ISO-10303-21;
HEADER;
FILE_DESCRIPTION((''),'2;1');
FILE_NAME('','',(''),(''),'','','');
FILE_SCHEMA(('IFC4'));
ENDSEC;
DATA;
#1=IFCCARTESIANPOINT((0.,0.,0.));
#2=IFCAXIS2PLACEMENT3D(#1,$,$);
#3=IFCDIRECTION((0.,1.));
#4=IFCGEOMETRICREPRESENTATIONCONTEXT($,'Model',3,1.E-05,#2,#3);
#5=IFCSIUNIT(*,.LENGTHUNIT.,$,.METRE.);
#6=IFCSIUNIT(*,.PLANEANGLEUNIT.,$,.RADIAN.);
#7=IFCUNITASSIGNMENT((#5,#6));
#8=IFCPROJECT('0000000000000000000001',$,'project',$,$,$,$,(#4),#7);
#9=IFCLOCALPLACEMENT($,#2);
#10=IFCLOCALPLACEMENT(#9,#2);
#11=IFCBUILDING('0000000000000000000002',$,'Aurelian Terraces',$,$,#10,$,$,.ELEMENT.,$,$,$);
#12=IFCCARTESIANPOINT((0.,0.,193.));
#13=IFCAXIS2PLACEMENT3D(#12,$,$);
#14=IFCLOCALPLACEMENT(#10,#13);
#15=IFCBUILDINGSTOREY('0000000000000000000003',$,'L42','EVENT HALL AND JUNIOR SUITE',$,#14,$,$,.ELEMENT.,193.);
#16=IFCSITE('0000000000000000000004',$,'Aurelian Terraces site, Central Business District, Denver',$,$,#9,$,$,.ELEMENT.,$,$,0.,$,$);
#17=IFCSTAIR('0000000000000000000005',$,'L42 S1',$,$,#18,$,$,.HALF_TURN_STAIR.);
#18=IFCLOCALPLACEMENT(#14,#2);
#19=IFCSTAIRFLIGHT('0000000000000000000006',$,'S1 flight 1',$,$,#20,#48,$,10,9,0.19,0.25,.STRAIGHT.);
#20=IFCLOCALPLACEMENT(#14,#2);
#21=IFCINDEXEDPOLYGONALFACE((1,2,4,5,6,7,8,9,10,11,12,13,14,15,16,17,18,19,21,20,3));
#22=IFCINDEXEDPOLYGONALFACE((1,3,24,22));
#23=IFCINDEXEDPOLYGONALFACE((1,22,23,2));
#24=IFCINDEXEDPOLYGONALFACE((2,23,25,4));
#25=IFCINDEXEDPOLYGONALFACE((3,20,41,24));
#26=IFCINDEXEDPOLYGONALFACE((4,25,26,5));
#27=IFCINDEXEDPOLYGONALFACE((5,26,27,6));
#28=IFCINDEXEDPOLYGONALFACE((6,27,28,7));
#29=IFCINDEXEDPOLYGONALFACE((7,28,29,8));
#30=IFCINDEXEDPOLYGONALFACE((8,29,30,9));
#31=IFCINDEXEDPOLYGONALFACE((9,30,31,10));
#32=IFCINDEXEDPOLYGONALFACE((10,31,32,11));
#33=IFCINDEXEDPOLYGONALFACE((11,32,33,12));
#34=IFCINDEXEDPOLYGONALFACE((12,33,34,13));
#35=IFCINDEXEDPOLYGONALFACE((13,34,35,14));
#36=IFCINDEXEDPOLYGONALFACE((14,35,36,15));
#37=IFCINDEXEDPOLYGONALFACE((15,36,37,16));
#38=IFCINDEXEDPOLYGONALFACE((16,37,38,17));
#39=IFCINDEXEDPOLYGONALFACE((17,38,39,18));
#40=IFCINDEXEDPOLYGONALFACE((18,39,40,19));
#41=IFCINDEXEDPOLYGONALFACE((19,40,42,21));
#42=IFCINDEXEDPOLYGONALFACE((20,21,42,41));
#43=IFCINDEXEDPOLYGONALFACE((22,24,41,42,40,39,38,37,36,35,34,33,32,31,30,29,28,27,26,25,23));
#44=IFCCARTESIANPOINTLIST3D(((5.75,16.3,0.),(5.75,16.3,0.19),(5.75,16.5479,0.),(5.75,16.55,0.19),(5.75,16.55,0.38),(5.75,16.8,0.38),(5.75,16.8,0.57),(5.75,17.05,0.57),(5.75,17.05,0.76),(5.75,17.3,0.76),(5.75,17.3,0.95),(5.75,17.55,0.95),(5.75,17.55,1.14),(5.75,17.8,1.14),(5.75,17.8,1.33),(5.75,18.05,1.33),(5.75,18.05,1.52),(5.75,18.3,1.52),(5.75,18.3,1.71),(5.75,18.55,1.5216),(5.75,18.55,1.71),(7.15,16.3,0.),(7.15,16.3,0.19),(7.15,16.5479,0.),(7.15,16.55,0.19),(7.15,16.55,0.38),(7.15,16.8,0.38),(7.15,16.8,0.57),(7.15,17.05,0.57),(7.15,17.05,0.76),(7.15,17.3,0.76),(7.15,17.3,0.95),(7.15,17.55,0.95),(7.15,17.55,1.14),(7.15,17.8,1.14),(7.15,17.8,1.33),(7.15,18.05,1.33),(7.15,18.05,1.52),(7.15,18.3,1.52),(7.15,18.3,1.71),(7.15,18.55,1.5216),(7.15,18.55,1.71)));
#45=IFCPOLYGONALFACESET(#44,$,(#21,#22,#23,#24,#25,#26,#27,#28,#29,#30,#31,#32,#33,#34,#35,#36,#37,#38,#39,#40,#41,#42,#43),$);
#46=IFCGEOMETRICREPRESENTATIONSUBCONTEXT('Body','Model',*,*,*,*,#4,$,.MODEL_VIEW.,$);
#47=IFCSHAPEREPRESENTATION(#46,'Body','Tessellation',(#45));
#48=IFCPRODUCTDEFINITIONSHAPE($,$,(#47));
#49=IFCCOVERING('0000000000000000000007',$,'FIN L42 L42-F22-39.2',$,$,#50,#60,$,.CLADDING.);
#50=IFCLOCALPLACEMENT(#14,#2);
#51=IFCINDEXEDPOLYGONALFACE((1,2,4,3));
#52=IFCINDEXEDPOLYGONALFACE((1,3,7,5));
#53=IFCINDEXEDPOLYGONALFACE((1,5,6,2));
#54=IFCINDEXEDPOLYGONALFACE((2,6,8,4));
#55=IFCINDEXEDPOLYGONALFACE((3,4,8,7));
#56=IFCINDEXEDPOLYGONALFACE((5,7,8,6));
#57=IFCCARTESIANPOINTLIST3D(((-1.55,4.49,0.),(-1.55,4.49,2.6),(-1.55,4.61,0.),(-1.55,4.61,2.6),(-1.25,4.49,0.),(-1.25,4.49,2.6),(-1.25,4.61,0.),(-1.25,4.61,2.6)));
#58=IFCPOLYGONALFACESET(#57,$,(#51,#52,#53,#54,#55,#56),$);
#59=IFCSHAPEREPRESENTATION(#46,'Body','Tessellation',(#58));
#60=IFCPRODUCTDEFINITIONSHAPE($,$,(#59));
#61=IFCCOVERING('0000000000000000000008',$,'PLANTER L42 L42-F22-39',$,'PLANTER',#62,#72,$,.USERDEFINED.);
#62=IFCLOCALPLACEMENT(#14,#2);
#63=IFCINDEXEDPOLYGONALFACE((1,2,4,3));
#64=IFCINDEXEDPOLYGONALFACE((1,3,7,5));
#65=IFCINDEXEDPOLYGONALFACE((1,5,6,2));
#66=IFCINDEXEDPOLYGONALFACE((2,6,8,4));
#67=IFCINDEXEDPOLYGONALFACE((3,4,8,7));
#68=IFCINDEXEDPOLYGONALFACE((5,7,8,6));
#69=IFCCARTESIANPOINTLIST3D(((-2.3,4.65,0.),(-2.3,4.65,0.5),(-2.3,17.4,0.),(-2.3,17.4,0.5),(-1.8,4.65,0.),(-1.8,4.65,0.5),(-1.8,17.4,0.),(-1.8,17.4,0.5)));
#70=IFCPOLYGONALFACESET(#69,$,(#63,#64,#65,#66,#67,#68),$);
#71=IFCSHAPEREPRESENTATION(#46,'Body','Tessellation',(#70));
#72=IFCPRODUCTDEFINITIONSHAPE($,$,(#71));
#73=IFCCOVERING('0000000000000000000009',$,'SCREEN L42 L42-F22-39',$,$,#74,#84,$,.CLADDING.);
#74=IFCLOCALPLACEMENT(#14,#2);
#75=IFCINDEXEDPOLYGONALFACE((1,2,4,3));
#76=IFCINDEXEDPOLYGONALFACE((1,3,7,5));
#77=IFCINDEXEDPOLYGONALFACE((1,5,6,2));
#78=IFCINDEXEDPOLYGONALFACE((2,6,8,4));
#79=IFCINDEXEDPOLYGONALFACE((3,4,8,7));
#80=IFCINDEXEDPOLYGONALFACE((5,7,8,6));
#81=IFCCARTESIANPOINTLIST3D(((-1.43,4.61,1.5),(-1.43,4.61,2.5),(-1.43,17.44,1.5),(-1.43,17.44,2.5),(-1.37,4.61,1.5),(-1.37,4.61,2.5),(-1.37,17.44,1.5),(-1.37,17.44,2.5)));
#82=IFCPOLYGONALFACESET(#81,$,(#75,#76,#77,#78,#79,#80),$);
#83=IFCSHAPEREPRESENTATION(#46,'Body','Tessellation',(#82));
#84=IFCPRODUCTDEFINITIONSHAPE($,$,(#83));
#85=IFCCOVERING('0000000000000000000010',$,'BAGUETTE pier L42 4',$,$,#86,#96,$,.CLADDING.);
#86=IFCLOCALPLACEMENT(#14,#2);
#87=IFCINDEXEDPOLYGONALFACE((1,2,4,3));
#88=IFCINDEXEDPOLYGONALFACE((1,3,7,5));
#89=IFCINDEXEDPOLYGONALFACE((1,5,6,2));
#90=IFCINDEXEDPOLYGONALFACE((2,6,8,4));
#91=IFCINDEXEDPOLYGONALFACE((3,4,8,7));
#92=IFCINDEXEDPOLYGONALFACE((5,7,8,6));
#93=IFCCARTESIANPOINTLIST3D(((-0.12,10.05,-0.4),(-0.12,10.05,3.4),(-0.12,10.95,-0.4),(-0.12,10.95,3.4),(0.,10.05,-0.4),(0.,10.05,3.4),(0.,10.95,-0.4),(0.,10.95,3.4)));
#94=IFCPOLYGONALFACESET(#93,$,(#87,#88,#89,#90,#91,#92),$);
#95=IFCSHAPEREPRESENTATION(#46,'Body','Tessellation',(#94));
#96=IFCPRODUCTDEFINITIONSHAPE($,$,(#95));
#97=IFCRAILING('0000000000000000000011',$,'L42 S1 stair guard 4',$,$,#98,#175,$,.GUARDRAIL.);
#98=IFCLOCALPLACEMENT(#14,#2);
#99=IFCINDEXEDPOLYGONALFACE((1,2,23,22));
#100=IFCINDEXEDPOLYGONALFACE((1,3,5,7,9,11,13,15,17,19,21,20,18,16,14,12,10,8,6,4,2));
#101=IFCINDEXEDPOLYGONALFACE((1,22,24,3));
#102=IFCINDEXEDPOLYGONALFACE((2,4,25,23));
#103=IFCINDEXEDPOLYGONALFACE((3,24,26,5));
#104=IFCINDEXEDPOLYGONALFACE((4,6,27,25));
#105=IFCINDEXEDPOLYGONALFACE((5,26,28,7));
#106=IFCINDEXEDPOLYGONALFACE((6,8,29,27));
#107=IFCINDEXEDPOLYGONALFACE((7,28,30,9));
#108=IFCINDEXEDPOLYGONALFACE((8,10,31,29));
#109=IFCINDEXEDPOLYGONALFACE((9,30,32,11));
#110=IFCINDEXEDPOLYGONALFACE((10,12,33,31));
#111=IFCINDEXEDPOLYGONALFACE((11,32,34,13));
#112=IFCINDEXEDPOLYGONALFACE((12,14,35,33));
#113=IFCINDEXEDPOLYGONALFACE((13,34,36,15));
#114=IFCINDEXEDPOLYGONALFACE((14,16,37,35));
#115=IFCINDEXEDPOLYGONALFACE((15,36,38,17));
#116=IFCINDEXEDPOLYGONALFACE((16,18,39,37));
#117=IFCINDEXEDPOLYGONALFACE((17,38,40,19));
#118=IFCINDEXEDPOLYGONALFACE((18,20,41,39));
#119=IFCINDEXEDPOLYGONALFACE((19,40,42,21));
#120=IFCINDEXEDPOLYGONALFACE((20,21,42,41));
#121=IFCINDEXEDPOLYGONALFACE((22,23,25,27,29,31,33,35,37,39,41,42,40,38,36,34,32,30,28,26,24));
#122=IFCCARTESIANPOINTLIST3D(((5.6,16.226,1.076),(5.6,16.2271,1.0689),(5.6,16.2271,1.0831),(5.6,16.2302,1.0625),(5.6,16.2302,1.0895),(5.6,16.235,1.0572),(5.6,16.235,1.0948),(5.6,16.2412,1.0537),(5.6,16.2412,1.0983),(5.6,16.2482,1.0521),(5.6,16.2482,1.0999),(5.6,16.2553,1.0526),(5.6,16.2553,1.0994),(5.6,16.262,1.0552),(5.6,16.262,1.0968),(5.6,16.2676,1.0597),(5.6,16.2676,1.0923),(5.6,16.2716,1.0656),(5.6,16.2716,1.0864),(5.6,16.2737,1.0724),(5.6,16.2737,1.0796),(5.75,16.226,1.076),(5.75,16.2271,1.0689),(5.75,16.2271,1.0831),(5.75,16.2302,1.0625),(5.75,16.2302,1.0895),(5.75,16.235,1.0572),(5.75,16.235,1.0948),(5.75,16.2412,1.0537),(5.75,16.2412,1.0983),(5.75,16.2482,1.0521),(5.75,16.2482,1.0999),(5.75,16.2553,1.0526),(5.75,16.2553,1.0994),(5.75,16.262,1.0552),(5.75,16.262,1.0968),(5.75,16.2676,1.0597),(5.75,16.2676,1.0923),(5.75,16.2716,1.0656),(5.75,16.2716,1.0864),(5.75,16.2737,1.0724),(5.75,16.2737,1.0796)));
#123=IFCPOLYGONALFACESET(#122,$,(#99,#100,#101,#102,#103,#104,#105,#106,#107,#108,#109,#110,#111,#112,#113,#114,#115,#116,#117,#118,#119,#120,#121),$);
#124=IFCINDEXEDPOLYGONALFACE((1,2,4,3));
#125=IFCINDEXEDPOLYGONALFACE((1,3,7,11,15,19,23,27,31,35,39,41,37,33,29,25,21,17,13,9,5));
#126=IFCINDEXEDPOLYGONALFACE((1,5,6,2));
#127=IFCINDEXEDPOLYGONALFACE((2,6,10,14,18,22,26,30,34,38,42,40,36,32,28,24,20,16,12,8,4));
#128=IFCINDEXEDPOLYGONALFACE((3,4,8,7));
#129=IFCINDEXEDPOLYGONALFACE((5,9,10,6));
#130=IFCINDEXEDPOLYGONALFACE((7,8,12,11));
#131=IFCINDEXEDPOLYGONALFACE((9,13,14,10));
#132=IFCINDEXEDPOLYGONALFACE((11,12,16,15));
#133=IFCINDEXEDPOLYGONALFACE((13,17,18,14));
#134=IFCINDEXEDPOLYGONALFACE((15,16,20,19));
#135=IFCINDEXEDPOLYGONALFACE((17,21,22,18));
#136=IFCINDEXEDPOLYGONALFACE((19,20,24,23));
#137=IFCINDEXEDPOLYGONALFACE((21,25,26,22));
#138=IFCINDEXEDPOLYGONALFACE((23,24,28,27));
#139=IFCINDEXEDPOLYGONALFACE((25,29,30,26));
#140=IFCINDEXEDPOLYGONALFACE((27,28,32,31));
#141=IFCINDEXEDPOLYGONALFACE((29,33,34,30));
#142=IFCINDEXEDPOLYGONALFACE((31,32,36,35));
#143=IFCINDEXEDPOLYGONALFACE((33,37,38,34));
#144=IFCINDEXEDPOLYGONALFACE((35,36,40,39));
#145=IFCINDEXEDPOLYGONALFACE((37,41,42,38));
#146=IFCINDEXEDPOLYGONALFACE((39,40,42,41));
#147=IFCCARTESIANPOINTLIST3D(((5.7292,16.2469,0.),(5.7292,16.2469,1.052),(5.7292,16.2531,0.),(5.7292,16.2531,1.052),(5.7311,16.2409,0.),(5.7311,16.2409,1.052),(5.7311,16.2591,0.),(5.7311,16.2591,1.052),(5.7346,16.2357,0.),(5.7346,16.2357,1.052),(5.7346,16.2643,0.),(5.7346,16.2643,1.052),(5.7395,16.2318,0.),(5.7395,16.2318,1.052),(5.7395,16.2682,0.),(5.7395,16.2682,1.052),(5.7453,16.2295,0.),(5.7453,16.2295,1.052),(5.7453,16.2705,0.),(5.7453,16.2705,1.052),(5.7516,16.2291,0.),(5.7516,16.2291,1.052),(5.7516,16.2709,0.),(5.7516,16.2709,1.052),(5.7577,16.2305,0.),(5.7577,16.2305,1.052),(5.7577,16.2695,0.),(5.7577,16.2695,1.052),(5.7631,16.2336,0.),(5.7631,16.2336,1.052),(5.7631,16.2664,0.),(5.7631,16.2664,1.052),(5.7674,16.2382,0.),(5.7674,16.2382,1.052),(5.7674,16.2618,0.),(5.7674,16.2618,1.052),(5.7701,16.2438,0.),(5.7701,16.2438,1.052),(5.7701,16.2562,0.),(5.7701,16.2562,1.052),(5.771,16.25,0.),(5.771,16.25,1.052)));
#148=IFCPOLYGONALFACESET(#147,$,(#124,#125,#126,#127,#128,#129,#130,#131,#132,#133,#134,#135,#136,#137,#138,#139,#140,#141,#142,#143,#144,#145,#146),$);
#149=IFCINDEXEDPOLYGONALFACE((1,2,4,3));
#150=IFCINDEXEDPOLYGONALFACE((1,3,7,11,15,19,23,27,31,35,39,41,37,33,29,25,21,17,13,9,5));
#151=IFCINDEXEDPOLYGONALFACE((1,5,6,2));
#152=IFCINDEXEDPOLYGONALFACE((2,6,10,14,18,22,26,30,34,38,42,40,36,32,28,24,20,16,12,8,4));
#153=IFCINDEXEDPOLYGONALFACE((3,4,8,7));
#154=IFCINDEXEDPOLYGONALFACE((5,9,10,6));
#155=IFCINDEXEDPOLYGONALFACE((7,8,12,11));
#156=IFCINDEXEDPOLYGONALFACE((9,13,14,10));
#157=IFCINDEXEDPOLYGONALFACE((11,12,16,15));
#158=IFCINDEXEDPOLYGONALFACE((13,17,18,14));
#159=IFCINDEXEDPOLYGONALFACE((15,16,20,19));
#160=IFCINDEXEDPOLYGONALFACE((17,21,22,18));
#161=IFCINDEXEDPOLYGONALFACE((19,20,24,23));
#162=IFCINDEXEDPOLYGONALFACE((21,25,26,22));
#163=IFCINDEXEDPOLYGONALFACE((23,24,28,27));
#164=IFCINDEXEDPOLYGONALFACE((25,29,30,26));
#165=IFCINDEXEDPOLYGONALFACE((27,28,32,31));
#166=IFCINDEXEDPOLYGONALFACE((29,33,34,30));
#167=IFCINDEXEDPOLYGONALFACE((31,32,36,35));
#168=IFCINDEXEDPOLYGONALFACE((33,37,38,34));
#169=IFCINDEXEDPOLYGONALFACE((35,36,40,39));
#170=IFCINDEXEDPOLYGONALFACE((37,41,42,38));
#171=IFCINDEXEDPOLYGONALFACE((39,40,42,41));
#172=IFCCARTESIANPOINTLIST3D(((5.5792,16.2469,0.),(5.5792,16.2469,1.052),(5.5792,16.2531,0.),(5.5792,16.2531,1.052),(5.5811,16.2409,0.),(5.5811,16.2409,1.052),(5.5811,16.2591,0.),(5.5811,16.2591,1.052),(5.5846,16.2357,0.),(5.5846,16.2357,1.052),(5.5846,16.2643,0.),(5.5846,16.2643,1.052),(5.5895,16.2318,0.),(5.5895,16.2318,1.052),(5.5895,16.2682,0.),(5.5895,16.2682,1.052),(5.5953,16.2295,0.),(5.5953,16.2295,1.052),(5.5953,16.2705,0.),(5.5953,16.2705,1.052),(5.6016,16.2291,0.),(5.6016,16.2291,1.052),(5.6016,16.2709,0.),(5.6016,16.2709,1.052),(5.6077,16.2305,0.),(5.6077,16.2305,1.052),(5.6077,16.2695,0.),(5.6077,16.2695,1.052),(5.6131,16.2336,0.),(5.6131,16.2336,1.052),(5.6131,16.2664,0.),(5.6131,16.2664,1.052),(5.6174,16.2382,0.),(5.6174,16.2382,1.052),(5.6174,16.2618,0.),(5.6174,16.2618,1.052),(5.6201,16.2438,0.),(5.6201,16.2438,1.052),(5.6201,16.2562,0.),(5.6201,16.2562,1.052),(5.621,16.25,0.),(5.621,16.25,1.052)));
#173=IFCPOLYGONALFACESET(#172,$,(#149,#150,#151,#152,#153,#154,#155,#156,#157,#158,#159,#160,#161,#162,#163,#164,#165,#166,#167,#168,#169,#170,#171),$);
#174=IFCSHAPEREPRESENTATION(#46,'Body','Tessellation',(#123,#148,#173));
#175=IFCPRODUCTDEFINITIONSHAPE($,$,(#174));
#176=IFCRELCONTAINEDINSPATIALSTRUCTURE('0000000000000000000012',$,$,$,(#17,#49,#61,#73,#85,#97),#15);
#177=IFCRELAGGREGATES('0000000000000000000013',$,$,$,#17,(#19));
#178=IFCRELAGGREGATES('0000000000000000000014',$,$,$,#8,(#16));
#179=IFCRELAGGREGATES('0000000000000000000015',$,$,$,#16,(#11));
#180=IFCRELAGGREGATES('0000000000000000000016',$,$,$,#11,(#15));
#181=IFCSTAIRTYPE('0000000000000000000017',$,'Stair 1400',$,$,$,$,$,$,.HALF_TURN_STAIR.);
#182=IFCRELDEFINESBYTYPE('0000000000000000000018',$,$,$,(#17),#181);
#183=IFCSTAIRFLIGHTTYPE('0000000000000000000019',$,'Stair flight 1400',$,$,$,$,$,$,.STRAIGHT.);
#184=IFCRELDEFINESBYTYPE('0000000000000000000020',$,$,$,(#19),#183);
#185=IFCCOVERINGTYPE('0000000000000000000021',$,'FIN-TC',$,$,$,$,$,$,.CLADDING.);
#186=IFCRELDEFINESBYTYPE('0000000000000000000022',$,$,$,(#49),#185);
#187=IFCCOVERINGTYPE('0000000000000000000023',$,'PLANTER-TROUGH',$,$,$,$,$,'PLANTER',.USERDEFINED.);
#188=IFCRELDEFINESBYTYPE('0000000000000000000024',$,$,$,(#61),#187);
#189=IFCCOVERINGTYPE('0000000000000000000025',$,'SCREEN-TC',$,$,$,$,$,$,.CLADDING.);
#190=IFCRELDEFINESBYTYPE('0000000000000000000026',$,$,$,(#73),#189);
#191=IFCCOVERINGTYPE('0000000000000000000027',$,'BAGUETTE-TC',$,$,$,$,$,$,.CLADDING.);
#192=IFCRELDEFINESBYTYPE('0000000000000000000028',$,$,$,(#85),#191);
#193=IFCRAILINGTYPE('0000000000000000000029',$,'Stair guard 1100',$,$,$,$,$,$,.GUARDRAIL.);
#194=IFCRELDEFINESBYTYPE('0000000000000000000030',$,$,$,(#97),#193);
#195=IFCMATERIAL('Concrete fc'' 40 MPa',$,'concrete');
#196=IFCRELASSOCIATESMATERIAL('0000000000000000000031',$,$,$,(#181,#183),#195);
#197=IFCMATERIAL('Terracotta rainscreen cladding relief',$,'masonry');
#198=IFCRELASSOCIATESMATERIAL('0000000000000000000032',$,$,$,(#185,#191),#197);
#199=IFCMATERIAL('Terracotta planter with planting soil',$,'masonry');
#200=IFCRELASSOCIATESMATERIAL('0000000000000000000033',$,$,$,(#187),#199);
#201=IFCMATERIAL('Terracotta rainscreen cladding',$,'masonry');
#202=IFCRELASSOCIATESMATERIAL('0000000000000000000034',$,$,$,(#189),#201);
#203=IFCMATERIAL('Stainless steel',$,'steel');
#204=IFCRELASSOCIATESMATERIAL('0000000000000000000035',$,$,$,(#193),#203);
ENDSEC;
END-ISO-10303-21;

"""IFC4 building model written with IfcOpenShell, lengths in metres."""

from ifc_helpers import new_model, si_unit, direction, frame, origin, origin_2d, place, context, subcontext, project, spatial, polyline, rectangle, circle, outline, extrude, source, transform, mapped, material, type_object, element, aggregate, save


model = new_model("IFC4")

# Units and contexts
model_context = context("Model", 3, precision=1e-05, world=origin(), true_north=direction((0.0, 1.0)))
body_context = subcontext(model_context, "Body", "Model", "MODEL_VIEW")
ifc_project = project(units=[si_unit("LENGTHUNIT", "METRE"), si_unit("PLANEANGLEUNIT", "RADIAN")], contexts=[model_context])

# Site, building, storey
site_placement = place(None, origin())
site = spatial("IfcSite", under=ifc_project, at=site_placement, Name="Aurelian Terraces site, Central Business District, Denver", CompositionType="ELEMENT", RefElevation=0.0)
building_placement = place(site_placement, origin())
building = spatial("IfcBuilding", under=site, at=building_placement, Name="Aurelian Terraces", CompositionType="ELEMENT")
storey_placement = place(building_placement, frame((0.0, 0.0, 193.0)))
storey = spatial("IfcBuildingStorey", under=building, at=storey_placement, Name="L42", Description="EVENT HALL AND JUNIOR SUITE", CompositionType="ELEMENT", Elevation=193.0)

# Shared definitions
ifc_material_1 = material(Name="Concrete fc' 40 MPa", Category="concrete")

# Shared definitions
ifc_material_2 = material(Name="Terracotta rainscreen cladding", Category="masonry")

# Shared definitions
ifc_material_3 = material(Name="Stainless steel", Category="steel")

# Stair, stair flight
stair_type = type_object("IfcStairType", Name="Stair 1400", PredefinedType="HALF_TURN_STAIR", material=ifc_material_1)
stair_placement = place(storey_placement, origin())
stair = element("IfcStair", 1, at=stair_placement, inside=storey, type_object=stair_type, Name="L42 S1", PredefinedType="HALF_TURN_STAIR")
stair_flight_type = type_object("IfcStairFlightType", Name="Stair flight 1400", PredefinedType="STRAIGHT", material=ifc_material_1)
shared_shape_1 = source(origin(), body_context, "Body", "SweptSolid", [
    extrude(outline(polyline([(0.0, 0.0), (0.0, 0.19), (0.25, 0.19), (0.25, 0.38), (0.5, 0.38), (0.5, 0.57), (0.75, 0.57), (0.75, 0.76), (1.0, 0.76), (1.0, 0.95), (1.25, 0.95), (1.25, 1.14), (1.5, 1.14), (1.5, 1.33), (1.75, 1.33), (1.75, 1.52), (2.0, 1.52), (2.0, 1.71), (2.25, 1.71), (2.25, 1.9), (2.25, 1.5216), (0.2479, 0.0), (0.0, 0.0)])), frame((0.0, 0.7, 0.0), z_axis=(0.0, -1.0, 0.0), x_axis=(1.0, 0.0, 0.0)), (0.0, 0.0, 1.0), 1.4),
])
stair_flight_placement = place(storey_placement, frame((6.45, 16.3, 0.0), z_axis=(0.0, 0.0, 1.0), x_axis=(0.0, 1.0, 0.0)))
stair_flight = element("IfcStairFlight", 2, at=stair_flight_placement, type_object=stair_flight_type, Name="S1 flight 1", NumberOfRisers=10, NumberOfTreads=9, PredefinedType="STRAIGHT", RiserHeight=0.19, TreadLength=0.25, context=body_context, shape_type="MappedRepresentation", body=[
    mapped(shared_shape_1, transform((0.0, 0.0, 0.0), scale=1.0)),
])
aggregate(stair, [stair_flight])

# Coverings
ifc_material_4 = material(Name="Terracotta rainscreen cladding relief", Category="masonry")
covering_type_1 = type_object("IfcCoveringType", Name="FIN-TC", PredefinedType="CLADDING", material=ifc_material_4)
shared_shape_2 = source(origin(), body_context, "Body", "SweptSolid", [
    extrude(rectangle(XDim=0.3, YDim=0.12, at=origin_2d()), origin(), (0.0, 0.0, 1.0), 2.6),
])
covering_1_placement = place(storey_placement, frame((-1.4, 4.55, 0.0), z_axis=(0.0, 0.0, 1.0), x_axis=(1.0, 0.0, 0.0)))
element("IfcCovering", 3, at=covering_1_placement, inside=storey, type_object=covering_type_1, Name="FIN L42 L42-F22-39.2", PredefinedType="CLADDING", context=body_context, shape_type="MappedRepresentation", body=[
    mapped(shared_shape_2, transform((0.0, 0.0, 0.0), scale=1.0)),
])
ifc_material_5 = material(Name="Terracotta planter with planting soil", Category="masonry")
covering_type_2 = type_object("IfcCoveringType", Name="PLANTER-TROUGH", ElementType="PLANTER", PredefinedType="USERDEFINED", material=ifc_material_5)
shared_shape_3 = source(origin(), body_context, "Body", "SweptSolid", [
    extrude(rectangle(XDim=0.5, YDim=12.75, at=origin_2d()), origin(), (0.0, 0.0, 1.0), 0.5),
])
covering_2_placement = place(storey_placement, frame((-2.05, 11.025, 0.0), z_axis=(0.0, 0.0, 1.0), x_axis=(1.0, 0.0, 0.0)))
element("IfcCovering", 4, at=covering_2_placement, inside=storey, type_object=covering_type_2, Name="PLANTER L42 L42-F22-39", ObjectType="PLANTER", PredefinedType="USERDEFINED", context=body_context, shape_type="MappedRepresentation", body=[
    mapped(shared_shape_3, transform((0.0, 0.0, 0.0), scale=1.0)),
])
covering_type_3 = type_object("IfcCoveringType", Name="SCREEN-TC", PredefinedType="CLADDING", material=ifc_material_2)
shared_shape_4 = source(origin(), body_context, "Body", "SweptSolid", [
    extrude(rectangle(XDim=0.06, YDim=12.83, at=origin_2d()), origin(), (0.0, 0.0, 1.0), 1.0),
])
covering_3_placement = place(storey_placement, frame((-1.4, 11.025, 1.5), z_axis=(0.0, 0.0, 1.0), x_axis=(1.0, 0.0, 0.0)))
element("IfcCovering", 5, at=covering_3_placement, inside=storey, type_object=covering_type_3, Name="SCREEN L42 L42-F22-39", PredefinedType="CLADDING", context=body_context, shape_type="MappedRepresentation", body=[
    mapped(shared_shape_4, transform((0.0, 0.0, 0.0), scale=1.0)),
])
covering_type_4 = type_object("IfcCoveringType", Name="BAGUETTE-TC", PredefinedType="CLADDING", material=ifc_material_4)
shared_shape_5 = source(origin(), body_context, "Body", "SweptSolid", [
    extrude(rectangle(XDim=0.12, YDim=0.9, at=origin_2d()), origin(), (0.0, 0.0, 1.0), 3.8),
])
covering_4_placement = place(storey_placement, frame((-0.06, 10.5, -0.4), z_axis=(0.0, 0.0, 1.0), x_axis=(1.0, 0.0, 0.0)))
element("IfcCovering", 6, at=covering_4_placement, inside=storey, type_object=covering_type_4, Name="BAGUETTE pier L42 4", PredefinedType="CLADDING", context=body_context, shape_type="MappedRepresentation", body=[
    mapped(shared_shape_5, transform((0.0, 0.0, 0.0), scale=1.0)),
])

# Railing
railing_type = type_object("IfcRailingType", Name="Stair guard 1100", PredefinedType="GUARDRAIL", material=ifc_material_3)
shared_shape_6 = source(origin(), body_context, "Body", "SweptSolid", [
    extrude(circle(Radius=0.024, at=origin_2d()), frame((0.0, 0.0, 1.076), z_axis=(-1.0, 0.0, 0.0), x_axis=(0.0, -1.0, 0.0)), (0.0, 0.0, 1.0), 0.15),
    extrude(circle(Radius=0.021, at=origin_2d()), origin(), (0.0, 0.0, 1.0), 1.052),
    extrude(circle(Radius=0.021, at=origin_2d()), frame((-0.15, 0.0, 0.0)), (0.0, 0.0, 1.0), 1.052),
])
railing_1_placement = place(storey_placement, frame((5.75, 16.25, 0.0)))
element("IfcRailing", 7, at=railing_1_placement, inside=storey, type_object=railing_type, Name="L42 S1 stair guard 4", PredefinedType="GUARDRAIL", context=body_context, shape_type="MappedRepresentation", body=[
    mapped(shared_shape_6, transform((0.0, 0.0, 0.0), scale=1.0)),
])

save(model, "model.ifc")
